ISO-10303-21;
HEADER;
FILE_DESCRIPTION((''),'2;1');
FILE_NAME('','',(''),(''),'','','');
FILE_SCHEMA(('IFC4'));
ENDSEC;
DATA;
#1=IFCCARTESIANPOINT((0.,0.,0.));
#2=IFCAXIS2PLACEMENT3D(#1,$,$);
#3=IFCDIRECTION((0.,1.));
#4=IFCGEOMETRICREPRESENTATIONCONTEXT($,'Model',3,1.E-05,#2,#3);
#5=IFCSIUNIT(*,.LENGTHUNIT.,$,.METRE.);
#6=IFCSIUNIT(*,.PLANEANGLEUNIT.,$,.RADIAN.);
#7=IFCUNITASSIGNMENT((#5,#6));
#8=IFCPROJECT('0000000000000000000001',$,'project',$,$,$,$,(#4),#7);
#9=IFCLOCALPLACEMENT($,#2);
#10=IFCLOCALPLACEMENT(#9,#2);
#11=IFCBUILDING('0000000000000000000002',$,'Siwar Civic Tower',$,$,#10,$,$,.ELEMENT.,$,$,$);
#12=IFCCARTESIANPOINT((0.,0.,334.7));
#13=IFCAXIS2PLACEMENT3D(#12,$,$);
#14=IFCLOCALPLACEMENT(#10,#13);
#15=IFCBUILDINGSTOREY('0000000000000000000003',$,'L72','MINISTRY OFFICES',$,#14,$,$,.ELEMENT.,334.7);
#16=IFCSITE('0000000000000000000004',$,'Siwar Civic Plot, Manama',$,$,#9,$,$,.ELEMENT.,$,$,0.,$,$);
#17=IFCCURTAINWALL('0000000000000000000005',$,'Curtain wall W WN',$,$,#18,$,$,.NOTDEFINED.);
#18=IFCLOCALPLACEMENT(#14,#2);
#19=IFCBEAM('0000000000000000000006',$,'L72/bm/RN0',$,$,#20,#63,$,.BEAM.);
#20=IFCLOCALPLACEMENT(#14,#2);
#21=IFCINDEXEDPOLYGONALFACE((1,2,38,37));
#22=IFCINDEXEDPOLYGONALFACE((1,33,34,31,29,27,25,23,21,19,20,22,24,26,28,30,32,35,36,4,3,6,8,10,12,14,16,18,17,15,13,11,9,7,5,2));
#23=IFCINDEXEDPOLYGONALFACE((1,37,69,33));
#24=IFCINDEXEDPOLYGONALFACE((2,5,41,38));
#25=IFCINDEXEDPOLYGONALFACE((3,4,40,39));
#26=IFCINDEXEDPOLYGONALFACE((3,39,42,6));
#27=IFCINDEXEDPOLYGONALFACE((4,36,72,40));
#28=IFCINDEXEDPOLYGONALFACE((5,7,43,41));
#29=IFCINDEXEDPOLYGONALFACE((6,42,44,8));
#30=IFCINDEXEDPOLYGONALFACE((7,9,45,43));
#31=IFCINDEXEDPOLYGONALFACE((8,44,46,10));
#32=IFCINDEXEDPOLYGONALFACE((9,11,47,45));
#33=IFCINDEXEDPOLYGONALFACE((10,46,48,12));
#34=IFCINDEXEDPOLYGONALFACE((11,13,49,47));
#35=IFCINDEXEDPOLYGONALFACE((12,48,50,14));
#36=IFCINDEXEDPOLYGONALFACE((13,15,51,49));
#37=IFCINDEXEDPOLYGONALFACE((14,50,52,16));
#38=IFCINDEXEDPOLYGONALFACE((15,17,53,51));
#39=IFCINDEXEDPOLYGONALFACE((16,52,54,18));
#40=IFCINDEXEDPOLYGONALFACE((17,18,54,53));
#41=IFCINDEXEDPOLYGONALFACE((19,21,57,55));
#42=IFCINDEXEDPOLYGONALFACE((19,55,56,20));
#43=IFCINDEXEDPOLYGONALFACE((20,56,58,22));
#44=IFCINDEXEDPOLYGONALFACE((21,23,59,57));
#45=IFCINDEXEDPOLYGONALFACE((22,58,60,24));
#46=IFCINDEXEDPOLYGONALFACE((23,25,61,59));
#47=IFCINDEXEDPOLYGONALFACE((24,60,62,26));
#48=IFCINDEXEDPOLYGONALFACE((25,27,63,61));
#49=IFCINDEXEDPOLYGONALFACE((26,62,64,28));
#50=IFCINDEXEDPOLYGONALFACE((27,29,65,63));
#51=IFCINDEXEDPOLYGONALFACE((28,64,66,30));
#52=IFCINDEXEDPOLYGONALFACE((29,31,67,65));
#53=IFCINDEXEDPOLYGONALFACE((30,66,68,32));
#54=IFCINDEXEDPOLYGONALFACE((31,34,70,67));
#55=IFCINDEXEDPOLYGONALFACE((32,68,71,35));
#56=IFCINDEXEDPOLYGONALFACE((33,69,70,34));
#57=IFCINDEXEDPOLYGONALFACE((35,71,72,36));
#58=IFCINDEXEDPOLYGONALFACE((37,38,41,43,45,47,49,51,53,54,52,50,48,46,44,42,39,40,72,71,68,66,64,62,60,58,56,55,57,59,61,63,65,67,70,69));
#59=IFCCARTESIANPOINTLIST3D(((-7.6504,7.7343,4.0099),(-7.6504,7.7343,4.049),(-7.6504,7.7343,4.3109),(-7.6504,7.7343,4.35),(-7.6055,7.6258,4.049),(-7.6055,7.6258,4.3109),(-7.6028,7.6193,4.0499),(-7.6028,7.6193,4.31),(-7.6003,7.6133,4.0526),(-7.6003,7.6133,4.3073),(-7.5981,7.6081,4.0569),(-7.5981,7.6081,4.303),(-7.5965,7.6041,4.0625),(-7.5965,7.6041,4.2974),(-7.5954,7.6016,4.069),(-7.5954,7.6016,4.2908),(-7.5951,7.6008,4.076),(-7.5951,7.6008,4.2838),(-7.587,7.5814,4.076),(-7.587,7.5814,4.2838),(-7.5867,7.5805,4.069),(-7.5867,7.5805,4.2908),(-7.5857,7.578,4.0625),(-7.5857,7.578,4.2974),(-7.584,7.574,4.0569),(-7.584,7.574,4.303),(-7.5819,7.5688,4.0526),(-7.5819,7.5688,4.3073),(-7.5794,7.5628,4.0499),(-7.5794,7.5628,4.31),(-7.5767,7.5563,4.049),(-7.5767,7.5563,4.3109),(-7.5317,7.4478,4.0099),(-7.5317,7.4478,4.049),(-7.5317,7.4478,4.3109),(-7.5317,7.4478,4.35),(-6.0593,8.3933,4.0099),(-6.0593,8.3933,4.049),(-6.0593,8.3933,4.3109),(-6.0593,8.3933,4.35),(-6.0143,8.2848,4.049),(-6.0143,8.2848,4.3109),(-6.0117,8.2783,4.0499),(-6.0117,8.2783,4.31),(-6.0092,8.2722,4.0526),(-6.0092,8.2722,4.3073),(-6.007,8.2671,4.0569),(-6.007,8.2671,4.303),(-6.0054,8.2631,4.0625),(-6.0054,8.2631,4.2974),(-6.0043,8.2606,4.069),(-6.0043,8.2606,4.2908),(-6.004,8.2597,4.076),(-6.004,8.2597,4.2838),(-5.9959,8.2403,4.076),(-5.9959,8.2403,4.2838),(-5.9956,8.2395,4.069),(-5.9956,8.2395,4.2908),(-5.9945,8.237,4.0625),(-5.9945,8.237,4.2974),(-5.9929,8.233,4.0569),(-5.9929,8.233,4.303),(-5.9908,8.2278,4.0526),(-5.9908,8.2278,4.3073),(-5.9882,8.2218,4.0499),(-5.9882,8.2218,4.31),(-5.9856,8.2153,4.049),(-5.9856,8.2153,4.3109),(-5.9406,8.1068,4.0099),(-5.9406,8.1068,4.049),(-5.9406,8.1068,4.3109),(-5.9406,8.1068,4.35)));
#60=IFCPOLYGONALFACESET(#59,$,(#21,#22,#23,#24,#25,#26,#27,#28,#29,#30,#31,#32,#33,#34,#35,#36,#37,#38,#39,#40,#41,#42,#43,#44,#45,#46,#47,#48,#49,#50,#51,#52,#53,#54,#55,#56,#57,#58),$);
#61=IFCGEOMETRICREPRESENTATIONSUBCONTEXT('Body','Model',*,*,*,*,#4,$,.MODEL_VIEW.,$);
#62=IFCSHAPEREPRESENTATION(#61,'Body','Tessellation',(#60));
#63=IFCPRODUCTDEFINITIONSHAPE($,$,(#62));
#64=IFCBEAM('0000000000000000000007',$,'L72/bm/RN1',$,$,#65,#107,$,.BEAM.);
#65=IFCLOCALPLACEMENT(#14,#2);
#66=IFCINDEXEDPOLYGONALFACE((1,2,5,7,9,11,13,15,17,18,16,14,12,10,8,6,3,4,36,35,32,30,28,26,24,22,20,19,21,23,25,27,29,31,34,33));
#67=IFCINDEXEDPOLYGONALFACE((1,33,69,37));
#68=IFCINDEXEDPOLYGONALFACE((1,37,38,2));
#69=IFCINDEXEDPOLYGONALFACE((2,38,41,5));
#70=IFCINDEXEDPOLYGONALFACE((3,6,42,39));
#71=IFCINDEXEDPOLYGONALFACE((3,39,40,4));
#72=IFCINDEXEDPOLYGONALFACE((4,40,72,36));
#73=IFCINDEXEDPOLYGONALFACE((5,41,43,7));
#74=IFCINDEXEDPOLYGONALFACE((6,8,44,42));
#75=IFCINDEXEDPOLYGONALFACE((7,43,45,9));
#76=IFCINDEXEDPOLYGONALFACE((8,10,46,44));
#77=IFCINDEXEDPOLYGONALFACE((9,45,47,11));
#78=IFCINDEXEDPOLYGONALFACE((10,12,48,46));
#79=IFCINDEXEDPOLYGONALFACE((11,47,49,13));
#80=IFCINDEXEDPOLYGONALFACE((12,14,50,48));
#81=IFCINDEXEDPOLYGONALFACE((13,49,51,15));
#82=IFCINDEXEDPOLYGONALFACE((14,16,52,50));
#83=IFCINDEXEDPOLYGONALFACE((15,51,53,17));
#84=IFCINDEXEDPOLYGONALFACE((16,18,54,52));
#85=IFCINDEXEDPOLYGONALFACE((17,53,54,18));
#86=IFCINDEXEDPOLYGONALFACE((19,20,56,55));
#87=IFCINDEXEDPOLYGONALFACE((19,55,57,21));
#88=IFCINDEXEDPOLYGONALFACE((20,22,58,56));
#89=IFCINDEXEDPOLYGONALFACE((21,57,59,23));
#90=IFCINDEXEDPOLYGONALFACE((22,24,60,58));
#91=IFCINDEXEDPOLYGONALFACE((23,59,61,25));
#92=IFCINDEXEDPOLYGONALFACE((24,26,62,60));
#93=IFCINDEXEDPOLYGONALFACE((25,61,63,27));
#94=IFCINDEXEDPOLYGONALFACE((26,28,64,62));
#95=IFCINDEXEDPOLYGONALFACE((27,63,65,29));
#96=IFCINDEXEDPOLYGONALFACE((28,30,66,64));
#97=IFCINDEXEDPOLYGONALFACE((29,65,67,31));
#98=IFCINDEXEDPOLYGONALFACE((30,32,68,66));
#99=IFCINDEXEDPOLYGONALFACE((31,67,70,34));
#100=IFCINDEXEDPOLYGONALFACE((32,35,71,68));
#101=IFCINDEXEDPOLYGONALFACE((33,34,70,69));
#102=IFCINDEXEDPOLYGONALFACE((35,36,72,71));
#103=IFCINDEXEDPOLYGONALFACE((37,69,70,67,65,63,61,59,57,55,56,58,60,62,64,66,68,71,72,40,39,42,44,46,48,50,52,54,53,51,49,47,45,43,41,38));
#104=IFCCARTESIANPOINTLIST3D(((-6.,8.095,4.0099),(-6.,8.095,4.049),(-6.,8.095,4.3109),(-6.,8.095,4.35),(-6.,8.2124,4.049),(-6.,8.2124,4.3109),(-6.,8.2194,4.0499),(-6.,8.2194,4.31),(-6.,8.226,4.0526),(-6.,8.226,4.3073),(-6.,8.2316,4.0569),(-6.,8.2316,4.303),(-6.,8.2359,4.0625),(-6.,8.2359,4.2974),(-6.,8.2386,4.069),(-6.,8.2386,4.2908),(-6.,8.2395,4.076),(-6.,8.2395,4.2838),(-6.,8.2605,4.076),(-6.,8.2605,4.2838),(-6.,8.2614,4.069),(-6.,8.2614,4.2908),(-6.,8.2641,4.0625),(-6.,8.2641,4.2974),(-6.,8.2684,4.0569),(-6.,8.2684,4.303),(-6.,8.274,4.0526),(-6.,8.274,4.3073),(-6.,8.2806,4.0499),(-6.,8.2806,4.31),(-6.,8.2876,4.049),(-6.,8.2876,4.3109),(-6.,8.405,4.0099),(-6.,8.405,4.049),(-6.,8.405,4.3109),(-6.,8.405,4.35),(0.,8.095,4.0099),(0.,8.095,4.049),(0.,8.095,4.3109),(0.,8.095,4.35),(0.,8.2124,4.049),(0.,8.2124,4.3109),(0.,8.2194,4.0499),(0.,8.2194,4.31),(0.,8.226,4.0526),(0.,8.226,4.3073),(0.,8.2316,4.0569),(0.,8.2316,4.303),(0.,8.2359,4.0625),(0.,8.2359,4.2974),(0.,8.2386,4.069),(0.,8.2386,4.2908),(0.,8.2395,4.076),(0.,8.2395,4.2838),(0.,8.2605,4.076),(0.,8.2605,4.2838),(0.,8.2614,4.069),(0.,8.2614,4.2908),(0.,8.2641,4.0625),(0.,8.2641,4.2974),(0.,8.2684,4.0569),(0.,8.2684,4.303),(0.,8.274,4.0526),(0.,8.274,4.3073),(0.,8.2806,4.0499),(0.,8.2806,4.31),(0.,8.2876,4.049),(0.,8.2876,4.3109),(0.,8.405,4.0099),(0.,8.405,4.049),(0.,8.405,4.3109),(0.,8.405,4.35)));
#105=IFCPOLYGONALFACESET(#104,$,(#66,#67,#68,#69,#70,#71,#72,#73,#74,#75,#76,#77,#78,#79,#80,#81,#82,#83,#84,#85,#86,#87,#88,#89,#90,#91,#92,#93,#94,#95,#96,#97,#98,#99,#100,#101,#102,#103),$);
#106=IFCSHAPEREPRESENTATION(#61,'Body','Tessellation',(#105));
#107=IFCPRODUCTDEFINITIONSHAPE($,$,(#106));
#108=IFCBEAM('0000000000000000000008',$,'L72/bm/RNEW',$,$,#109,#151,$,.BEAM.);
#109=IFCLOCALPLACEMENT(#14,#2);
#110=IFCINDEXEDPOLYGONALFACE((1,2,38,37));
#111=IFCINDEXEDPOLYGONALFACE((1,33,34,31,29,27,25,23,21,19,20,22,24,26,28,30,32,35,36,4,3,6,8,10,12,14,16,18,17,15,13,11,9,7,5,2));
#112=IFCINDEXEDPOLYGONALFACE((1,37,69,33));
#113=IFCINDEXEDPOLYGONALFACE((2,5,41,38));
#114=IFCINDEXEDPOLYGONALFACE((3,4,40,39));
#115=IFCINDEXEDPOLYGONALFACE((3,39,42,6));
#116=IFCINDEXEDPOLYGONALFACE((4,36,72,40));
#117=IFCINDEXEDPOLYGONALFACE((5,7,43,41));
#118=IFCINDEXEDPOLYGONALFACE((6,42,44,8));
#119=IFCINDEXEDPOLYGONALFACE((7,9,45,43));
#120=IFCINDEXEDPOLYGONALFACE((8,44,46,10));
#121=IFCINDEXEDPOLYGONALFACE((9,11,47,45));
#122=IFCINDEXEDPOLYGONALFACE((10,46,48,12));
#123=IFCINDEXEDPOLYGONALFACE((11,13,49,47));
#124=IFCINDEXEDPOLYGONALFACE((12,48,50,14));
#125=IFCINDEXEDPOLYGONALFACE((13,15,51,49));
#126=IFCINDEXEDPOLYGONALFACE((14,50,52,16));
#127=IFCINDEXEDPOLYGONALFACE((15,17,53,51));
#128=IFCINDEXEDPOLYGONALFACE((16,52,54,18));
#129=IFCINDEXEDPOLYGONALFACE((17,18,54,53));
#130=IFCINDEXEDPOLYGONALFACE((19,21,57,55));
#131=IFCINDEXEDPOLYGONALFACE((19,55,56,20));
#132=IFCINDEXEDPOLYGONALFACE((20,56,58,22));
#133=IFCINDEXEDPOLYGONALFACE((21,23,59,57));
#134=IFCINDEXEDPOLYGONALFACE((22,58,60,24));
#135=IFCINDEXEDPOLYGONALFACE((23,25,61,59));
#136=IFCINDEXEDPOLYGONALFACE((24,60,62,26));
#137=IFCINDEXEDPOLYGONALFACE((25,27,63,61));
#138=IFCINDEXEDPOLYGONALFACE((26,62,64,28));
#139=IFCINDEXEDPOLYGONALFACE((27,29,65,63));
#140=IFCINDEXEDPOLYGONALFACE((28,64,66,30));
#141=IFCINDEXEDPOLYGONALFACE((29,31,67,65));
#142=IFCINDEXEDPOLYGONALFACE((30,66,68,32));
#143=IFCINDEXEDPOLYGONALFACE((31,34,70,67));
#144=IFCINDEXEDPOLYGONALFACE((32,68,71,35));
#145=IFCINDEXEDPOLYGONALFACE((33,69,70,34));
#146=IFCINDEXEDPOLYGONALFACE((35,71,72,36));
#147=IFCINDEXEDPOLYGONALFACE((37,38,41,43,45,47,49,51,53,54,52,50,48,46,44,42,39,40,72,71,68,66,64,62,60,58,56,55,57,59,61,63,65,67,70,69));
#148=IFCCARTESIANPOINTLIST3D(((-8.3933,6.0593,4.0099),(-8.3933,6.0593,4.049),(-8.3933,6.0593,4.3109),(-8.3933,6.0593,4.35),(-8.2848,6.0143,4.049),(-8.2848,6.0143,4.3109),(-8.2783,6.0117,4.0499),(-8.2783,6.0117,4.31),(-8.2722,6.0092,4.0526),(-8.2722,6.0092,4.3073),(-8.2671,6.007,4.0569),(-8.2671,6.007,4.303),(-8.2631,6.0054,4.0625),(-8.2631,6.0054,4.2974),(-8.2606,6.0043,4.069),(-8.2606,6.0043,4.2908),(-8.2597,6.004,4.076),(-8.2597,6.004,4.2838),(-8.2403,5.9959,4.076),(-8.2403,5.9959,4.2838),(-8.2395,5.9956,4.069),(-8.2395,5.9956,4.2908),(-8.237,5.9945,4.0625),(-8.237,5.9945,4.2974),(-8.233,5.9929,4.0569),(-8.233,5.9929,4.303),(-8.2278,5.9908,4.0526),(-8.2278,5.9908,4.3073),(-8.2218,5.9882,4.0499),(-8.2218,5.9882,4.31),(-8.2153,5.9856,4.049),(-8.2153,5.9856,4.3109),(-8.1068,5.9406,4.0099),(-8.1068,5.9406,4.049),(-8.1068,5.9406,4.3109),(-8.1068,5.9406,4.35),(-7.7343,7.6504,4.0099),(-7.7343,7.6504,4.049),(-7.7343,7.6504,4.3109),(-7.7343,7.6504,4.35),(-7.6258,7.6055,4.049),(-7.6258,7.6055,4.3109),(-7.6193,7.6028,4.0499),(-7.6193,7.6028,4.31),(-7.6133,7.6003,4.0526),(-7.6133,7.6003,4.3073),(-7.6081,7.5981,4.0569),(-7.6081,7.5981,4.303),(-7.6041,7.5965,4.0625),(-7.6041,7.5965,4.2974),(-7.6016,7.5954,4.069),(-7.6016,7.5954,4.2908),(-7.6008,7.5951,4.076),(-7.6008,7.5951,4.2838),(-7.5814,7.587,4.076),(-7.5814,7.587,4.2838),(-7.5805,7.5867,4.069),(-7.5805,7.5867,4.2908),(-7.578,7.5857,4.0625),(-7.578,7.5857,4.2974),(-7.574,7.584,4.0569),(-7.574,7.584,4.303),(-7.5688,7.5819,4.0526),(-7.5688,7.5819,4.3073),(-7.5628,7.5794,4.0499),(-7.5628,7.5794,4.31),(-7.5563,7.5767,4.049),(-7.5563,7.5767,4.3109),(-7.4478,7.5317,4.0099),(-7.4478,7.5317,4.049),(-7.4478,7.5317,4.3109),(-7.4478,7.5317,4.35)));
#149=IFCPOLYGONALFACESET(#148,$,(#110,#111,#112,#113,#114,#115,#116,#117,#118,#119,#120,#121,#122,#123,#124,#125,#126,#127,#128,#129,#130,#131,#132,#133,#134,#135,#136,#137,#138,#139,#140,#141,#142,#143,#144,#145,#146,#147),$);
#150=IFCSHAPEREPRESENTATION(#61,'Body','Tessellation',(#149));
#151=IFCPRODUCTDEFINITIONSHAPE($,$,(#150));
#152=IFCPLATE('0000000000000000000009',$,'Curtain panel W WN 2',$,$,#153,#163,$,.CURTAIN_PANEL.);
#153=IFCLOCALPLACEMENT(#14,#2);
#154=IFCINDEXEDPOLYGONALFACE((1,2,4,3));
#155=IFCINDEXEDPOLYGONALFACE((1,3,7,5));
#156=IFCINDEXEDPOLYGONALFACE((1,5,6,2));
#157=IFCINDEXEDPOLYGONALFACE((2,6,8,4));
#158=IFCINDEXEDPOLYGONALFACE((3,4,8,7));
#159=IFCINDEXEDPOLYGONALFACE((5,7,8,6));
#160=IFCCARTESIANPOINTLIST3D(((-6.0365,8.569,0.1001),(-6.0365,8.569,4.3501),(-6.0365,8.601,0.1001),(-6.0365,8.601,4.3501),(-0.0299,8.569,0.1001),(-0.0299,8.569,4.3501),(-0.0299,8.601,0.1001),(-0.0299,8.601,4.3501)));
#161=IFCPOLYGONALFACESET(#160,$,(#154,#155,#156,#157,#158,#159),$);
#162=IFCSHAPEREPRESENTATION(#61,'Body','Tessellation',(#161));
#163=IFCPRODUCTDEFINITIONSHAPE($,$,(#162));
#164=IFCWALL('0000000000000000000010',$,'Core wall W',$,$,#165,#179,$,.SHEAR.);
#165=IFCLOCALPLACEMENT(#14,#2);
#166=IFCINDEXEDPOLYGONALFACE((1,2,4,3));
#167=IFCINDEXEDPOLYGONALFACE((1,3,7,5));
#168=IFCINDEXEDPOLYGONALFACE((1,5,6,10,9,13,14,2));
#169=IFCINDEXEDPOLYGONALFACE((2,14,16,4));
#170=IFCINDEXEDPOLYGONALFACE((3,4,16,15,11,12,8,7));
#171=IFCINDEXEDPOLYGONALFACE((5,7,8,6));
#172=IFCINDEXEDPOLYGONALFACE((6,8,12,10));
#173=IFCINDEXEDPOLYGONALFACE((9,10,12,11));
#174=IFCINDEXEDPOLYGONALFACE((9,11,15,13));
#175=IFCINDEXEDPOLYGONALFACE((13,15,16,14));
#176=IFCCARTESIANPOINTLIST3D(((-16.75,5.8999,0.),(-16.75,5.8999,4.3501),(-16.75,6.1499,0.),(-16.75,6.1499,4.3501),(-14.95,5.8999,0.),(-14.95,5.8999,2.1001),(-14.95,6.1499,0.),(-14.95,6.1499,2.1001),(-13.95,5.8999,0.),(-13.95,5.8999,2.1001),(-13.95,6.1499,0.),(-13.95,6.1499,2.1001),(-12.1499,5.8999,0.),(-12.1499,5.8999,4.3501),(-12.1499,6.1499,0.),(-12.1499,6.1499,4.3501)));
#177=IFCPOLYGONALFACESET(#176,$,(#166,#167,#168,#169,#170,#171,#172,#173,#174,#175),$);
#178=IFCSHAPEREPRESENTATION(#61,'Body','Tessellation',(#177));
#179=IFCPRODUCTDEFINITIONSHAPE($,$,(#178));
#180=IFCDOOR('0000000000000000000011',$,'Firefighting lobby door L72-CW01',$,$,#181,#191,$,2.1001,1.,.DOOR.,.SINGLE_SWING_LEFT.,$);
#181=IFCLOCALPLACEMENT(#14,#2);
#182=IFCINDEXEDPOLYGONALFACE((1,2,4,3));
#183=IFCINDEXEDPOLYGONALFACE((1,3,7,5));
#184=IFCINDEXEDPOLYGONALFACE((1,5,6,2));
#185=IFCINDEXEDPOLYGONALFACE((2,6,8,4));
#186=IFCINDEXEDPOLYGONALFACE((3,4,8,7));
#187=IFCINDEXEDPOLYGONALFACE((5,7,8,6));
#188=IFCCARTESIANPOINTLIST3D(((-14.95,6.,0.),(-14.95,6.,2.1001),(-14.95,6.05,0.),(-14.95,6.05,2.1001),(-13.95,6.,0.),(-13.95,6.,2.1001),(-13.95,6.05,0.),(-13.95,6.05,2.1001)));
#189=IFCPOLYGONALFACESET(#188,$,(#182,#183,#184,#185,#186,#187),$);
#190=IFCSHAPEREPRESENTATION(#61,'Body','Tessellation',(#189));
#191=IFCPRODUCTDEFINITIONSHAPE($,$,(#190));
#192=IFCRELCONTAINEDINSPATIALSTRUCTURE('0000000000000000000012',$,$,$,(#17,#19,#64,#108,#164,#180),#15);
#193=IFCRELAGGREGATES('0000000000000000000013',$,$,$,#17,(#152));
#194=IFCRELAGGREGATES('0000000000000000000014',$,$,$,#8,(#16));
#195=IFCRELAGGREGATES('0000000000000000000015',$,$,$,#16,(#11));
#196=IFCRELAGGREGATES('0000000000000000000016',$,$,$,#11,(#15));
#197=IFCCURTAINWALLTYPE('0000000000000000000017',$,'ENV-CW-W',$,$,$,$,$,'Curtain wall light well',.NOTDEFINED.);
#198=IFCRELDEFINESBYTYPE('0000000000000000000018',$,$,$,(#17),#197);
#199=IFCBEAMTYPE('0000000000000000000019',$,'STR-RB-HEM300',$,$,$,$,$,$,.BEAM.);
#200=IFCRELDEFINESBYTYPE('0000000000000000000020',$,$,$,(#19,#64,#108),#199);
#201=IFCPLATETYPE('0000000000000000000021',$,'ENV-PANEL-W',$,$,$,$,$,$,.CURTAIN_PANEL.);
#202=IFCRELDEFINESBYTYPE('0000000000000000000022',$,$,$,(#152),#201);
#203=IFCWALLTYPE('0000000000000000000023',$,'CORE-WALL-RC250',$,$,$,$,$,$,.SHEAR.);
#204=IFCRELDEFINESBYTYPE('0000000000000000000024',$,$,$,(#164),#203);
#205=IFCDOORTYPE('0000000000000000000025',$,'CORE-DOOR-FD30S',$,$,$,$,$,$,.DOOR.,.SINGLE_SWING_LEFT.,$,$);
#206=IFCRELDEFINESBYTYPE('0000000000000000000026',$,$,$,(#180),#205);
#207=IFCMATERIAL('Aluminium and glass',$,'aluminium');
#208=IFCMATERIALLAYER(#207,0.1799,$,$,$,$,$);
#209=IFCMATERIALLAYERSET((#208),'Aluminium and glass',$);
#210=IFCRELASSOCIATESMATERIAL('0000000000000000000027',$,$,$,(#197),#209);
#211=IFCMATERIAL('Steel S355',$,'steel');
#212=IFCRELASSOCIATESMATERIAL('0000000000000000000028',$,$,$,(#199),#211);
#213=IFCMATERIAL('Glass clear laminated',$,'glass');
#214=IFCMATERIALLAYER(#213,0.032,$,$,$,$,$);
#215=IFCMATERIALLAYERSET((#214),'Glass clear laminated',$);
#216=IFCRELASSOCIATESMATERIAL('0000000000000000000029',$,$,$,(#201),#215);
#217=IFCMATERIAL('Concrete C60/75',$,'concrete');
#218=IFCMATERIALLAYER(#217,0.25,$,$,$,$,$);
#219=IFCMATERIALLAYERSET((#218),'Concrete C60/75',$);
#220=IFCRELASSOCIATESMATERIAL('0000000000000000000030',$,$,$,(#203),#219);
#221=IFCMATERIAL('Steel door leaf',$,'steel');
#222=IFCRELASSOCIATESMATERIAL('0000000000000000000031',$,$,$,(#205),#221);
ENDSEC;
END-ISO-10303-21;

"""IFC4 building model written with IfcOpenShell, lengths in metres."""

from ifc_helpers import new_model, si_unit, direction, frame, frame_2d, origin, origin_2d, place, context, subcontext, project, spatial, rectangle, i_section, extrude, material, layer, layer_set, material_profile, profile_set, type_object, element, fill, aggregate, save


model = new_model("IFC4")

# Units and contexts
model_context = context("Model", 3, precision=1e-05, world=origin(), true_north=direction((0.0, 1.0)))
body_context = subcontext(model_context, "Body", "Model", "MODEL_VIEW")
ifc_project = project(units=[si_unit("LENGTHUNIT", "METRE"), si_unit("PLANEANGLEUNIT", "RADIAN")], contexts=[model_context])

# Site, building, storey
site_placement = place(None, origin())
site = spatial("IfcSite", under=ifc_project, at=site_placement, Name="Siwar Civic Plot, Manama", CompositionType="ELEMENT", RefElevation=0.0)
building_placement = place(site_placement, origin())
building = spatial("IfcBuilding", under=site, at=building_placement, Name="Siwar Civic Tower", CompositionType="ELEMENT")
storey_placement = place(building_placement, frame((0.0, 0.0, 334.7)))
storey = spatial("IfcBuildingStorey", under=building, at=storey_placement, Name="L72", Description="MINISTRY OFFICES", CompositionType="ELEMENT", Elevation=334.7)

# Curtain wall
ifc_material_1 = material(Name="Aluminium and glass", Category="aluminium")
ifc_layer_1 = layer(ifc_material_1, 0.1799)
ifc_layer_set_1 = layer_set([ifc_layer_1], Name="Aluminium and glass")
curtain_wall_type = type_object("IfcCurtainWallType", Name="ENV-CW-W", ElementType="Curtain wall light well", PredefinedType="NOTDEFINED", material=ifc_layer_set_1)
curtain_wall_placement = place(storey_placement, origin())
curtain_wall = element("IfcCurtainWall", 1, at=curtain_wall_placement, inside=storey, type_object=curtain_wall_type, Name="Curtain wall W WN", PredefinedType="NOTDEFINED")

# Beams
ifc_material_2 = material(Name="Steel S355", Category="steel")
ifc_material_profile_1 = material_profile(ifc_material_2, i_section(OverallWidth=0.3101, OverallDepth=0.3401, WebThickness=0.021, FlangeThickness=0.0391, FilletRadius=0.0271, at=origin_2d()), Name="HEM300")
ifc_profile_set_1 = profile_set([ifc_material_profile_1], Name="Steel S355")
beam_type_1 = type_object("IfcBeamType", Name="STR-RB-HEM300", PredefinedType="BEAM", material=ifc_profile_set_1)
beam_1_placement = place(storey_placement, frame((-7.5911, 7.5911, 4.1799), z_axis=(0.923901, 0.382631, 0.0), x_axis=(-0.382631, 0.923901, 0.0)))
element("IfcBeam", 2, at=beam_1_placement, inside=storey, type_object=beam_type_1, Name="L72/bm/RN0", PredefinedType="BEAM", context=body_context, shape_type="SweptSolid", body=[
    extrude(i_section(OverallWidth=0.3101, OverallDepth=0.3401, WebThickness=0.021, FlangeThickness=0.0391, FilletRadius=0.0271, at=origin_2d()), origin(), (0.0, 0.0, 1.0), 1.7222),
])
beam_2_placement = place(storey_placement, frame((-6.0, 8.25, 4.1799), z_axis=(1.0, 0.0, 0.0), x_axis=(0.0, 1.0, 0.0)))
element("IfcBeam", 3, at=beam_2_placement, inside=storey, type_object=beam_type_1, Name="L72/bm/RN1", PredefinedType="BEAM", context=body_context, shape_type="SweptSolid", body=[
    extrude(i_section(OverallWidth=0.3101, OverallDepth=0.3401, WebThickness=0.021, FlangeThickness=0.0391, FilletRadius=0.0271, at=origin_2d()), origin(), (0.0, 0.0, 1.0), 6.0),
])
beam_3_placement = place(storey_placement, frame((-7.5911, 7.5911, 4.1799), z_axis=(-0.382631, -0.923901, 0.0), x_axis=(0.923901, -0.382631, 0.0)))
element("IfcBeam", 4, at=beam_3_placement, inside=storey, type_object=beam_type_1, Name="L72/bm/RNEW", PredefinedType="BEAM", context=body_context, shape_type="SweptSolid", body=[
    extrude(i_section(OverallWidth=0.3101, OverallDepth=0.3401, WebThickness=0.021, FlangeThickness=0.0391, FilletRadius=0.0271, at=origin_2d()), origin(), (0.0, 0.0, 1.0), 1.7222),
])

# Plate
ifc_material_3 = material(Name="Glass clear laminated", Category="glass")
ifc_layer_2 = layer(ifc_material_3, 0.032)
ifc_layer_set_2 = layer_set([ifc_layer_2], Name="Glass clear laminated")
plate_type = type_object("IfcPlateType", Name="ENV-PANEL-W", PredefinedType="CURTAIN_PANEL", material=ifc_layer_set_2)
plate_placement = place(storey_placement, frame((-3.0332, 8.585, 0.1001), z_axis=(0.0, 0.0, 1.0), x_axis=(-1.0, 0.0, 0.0)))
plate = element("IfcPlate", 5, at=plate_placement, type_object=plate_type, Name="Curtain panel W WN 2", PredefinedType="CURTAIN_PANEL", context=body_context, shape_type="SweptSolid", body=[
    extrude(rectangle(XDim=6.0066, YDim=0.032, at=origin_2d()), origin(), (0.0, 0.0, 1.0), 4.25),
])
aggregate(curtain_wall, [plate])

# Wall, opening, door
ifc_material_4 = material(Name="Concrete C60/75", Category="concrete")
ifc_layer_3 = layer(ifc_material_4, 0.25)
ifc_layer_set_3 = layer_set([ifc_layer_3], Name="Concrete C60/75")
wall_type_1 = type_object("IfcWallType", Name="CORE-WALL-RC250", PredefinedType="SHEAR", material=ifc_layer_set_3)
wall_1_placement = place(storey_placement, frame((-12.1499, 6.0249, 0.0), z_axis=(0.0, 0.0, 1.0), x_axis=(-1.0, 0.0, 0.0)))
wall_1 = element("IfcWall", 6, at=wall_1_placement, inside=storey, type_object=wall_type_1, Name="Core wall W", PredefinedType="SHEAR", context=body_context, shape_type="SweptSolid", body=[
    extrude(rectangle(XDim=4.6001, YDim=0.25, at=frame_2d((2.3, 0.0))), origin(), (0.0, 0.0, 1.0), 4.3501),
])
opening_1_placement = place(wall_1_placement, frame((1.8, 0.0, 0.0)))
opening_1 = element("IfcOpeningElement", 7, at=opening_1_placement, cuts=wall_1, PredefinedType="OPENING", context=body_context, shape_type="SweptSolid", body=[
    extrude(rectangle(XDim=1.0, YDim=2.1001, at=frame_2d((0.5, 1.05))), frame((0.0, 0.135, 0.0), z_axis=(0.0, -1.0, 0.0), x_axis=(1.0, 0.0, 0.0)), (0.0, 0.0, 1.0), 0.27),
])
ifc_material_5 = material(Name="Steel door leaf", Category="steel")
door_type_1 = type_object("IfcDoorType", Name="CORE-DOOR-FD30S", OperationType="SINGLE_SWING_LEFT", PredefinedType="DOOR", material=ifc_material_5)
door_1_placement = place(opening_1_placement, origin())
door_1 = element("IfcDoor", 8, at=door_1_placement, inside=storey, type_object=door_type_1, Name="Firefighting lobby door L72-CW01", OperationType="SINGLE_SWING_LEFT", OverallHeight=2.1001, OverallWidth=1.0, PredefinedType="DOOR", context=body_context, shape_type="SweptSolid", body=[
    extrude(rectangle(XDim=1.0, YDim=2.1001, at=frame_2d((0.5, 1.05))), frame((0.0, 0.0249, 0.0), z_axis=(0.0, -1.0, 0.0), x_axis=(1.0, 0.0, 0.0)), (0.0, 0.0, 1.0), 0.05),
])
fill(opening_1, door_1)

save(model, "model.ifc")
